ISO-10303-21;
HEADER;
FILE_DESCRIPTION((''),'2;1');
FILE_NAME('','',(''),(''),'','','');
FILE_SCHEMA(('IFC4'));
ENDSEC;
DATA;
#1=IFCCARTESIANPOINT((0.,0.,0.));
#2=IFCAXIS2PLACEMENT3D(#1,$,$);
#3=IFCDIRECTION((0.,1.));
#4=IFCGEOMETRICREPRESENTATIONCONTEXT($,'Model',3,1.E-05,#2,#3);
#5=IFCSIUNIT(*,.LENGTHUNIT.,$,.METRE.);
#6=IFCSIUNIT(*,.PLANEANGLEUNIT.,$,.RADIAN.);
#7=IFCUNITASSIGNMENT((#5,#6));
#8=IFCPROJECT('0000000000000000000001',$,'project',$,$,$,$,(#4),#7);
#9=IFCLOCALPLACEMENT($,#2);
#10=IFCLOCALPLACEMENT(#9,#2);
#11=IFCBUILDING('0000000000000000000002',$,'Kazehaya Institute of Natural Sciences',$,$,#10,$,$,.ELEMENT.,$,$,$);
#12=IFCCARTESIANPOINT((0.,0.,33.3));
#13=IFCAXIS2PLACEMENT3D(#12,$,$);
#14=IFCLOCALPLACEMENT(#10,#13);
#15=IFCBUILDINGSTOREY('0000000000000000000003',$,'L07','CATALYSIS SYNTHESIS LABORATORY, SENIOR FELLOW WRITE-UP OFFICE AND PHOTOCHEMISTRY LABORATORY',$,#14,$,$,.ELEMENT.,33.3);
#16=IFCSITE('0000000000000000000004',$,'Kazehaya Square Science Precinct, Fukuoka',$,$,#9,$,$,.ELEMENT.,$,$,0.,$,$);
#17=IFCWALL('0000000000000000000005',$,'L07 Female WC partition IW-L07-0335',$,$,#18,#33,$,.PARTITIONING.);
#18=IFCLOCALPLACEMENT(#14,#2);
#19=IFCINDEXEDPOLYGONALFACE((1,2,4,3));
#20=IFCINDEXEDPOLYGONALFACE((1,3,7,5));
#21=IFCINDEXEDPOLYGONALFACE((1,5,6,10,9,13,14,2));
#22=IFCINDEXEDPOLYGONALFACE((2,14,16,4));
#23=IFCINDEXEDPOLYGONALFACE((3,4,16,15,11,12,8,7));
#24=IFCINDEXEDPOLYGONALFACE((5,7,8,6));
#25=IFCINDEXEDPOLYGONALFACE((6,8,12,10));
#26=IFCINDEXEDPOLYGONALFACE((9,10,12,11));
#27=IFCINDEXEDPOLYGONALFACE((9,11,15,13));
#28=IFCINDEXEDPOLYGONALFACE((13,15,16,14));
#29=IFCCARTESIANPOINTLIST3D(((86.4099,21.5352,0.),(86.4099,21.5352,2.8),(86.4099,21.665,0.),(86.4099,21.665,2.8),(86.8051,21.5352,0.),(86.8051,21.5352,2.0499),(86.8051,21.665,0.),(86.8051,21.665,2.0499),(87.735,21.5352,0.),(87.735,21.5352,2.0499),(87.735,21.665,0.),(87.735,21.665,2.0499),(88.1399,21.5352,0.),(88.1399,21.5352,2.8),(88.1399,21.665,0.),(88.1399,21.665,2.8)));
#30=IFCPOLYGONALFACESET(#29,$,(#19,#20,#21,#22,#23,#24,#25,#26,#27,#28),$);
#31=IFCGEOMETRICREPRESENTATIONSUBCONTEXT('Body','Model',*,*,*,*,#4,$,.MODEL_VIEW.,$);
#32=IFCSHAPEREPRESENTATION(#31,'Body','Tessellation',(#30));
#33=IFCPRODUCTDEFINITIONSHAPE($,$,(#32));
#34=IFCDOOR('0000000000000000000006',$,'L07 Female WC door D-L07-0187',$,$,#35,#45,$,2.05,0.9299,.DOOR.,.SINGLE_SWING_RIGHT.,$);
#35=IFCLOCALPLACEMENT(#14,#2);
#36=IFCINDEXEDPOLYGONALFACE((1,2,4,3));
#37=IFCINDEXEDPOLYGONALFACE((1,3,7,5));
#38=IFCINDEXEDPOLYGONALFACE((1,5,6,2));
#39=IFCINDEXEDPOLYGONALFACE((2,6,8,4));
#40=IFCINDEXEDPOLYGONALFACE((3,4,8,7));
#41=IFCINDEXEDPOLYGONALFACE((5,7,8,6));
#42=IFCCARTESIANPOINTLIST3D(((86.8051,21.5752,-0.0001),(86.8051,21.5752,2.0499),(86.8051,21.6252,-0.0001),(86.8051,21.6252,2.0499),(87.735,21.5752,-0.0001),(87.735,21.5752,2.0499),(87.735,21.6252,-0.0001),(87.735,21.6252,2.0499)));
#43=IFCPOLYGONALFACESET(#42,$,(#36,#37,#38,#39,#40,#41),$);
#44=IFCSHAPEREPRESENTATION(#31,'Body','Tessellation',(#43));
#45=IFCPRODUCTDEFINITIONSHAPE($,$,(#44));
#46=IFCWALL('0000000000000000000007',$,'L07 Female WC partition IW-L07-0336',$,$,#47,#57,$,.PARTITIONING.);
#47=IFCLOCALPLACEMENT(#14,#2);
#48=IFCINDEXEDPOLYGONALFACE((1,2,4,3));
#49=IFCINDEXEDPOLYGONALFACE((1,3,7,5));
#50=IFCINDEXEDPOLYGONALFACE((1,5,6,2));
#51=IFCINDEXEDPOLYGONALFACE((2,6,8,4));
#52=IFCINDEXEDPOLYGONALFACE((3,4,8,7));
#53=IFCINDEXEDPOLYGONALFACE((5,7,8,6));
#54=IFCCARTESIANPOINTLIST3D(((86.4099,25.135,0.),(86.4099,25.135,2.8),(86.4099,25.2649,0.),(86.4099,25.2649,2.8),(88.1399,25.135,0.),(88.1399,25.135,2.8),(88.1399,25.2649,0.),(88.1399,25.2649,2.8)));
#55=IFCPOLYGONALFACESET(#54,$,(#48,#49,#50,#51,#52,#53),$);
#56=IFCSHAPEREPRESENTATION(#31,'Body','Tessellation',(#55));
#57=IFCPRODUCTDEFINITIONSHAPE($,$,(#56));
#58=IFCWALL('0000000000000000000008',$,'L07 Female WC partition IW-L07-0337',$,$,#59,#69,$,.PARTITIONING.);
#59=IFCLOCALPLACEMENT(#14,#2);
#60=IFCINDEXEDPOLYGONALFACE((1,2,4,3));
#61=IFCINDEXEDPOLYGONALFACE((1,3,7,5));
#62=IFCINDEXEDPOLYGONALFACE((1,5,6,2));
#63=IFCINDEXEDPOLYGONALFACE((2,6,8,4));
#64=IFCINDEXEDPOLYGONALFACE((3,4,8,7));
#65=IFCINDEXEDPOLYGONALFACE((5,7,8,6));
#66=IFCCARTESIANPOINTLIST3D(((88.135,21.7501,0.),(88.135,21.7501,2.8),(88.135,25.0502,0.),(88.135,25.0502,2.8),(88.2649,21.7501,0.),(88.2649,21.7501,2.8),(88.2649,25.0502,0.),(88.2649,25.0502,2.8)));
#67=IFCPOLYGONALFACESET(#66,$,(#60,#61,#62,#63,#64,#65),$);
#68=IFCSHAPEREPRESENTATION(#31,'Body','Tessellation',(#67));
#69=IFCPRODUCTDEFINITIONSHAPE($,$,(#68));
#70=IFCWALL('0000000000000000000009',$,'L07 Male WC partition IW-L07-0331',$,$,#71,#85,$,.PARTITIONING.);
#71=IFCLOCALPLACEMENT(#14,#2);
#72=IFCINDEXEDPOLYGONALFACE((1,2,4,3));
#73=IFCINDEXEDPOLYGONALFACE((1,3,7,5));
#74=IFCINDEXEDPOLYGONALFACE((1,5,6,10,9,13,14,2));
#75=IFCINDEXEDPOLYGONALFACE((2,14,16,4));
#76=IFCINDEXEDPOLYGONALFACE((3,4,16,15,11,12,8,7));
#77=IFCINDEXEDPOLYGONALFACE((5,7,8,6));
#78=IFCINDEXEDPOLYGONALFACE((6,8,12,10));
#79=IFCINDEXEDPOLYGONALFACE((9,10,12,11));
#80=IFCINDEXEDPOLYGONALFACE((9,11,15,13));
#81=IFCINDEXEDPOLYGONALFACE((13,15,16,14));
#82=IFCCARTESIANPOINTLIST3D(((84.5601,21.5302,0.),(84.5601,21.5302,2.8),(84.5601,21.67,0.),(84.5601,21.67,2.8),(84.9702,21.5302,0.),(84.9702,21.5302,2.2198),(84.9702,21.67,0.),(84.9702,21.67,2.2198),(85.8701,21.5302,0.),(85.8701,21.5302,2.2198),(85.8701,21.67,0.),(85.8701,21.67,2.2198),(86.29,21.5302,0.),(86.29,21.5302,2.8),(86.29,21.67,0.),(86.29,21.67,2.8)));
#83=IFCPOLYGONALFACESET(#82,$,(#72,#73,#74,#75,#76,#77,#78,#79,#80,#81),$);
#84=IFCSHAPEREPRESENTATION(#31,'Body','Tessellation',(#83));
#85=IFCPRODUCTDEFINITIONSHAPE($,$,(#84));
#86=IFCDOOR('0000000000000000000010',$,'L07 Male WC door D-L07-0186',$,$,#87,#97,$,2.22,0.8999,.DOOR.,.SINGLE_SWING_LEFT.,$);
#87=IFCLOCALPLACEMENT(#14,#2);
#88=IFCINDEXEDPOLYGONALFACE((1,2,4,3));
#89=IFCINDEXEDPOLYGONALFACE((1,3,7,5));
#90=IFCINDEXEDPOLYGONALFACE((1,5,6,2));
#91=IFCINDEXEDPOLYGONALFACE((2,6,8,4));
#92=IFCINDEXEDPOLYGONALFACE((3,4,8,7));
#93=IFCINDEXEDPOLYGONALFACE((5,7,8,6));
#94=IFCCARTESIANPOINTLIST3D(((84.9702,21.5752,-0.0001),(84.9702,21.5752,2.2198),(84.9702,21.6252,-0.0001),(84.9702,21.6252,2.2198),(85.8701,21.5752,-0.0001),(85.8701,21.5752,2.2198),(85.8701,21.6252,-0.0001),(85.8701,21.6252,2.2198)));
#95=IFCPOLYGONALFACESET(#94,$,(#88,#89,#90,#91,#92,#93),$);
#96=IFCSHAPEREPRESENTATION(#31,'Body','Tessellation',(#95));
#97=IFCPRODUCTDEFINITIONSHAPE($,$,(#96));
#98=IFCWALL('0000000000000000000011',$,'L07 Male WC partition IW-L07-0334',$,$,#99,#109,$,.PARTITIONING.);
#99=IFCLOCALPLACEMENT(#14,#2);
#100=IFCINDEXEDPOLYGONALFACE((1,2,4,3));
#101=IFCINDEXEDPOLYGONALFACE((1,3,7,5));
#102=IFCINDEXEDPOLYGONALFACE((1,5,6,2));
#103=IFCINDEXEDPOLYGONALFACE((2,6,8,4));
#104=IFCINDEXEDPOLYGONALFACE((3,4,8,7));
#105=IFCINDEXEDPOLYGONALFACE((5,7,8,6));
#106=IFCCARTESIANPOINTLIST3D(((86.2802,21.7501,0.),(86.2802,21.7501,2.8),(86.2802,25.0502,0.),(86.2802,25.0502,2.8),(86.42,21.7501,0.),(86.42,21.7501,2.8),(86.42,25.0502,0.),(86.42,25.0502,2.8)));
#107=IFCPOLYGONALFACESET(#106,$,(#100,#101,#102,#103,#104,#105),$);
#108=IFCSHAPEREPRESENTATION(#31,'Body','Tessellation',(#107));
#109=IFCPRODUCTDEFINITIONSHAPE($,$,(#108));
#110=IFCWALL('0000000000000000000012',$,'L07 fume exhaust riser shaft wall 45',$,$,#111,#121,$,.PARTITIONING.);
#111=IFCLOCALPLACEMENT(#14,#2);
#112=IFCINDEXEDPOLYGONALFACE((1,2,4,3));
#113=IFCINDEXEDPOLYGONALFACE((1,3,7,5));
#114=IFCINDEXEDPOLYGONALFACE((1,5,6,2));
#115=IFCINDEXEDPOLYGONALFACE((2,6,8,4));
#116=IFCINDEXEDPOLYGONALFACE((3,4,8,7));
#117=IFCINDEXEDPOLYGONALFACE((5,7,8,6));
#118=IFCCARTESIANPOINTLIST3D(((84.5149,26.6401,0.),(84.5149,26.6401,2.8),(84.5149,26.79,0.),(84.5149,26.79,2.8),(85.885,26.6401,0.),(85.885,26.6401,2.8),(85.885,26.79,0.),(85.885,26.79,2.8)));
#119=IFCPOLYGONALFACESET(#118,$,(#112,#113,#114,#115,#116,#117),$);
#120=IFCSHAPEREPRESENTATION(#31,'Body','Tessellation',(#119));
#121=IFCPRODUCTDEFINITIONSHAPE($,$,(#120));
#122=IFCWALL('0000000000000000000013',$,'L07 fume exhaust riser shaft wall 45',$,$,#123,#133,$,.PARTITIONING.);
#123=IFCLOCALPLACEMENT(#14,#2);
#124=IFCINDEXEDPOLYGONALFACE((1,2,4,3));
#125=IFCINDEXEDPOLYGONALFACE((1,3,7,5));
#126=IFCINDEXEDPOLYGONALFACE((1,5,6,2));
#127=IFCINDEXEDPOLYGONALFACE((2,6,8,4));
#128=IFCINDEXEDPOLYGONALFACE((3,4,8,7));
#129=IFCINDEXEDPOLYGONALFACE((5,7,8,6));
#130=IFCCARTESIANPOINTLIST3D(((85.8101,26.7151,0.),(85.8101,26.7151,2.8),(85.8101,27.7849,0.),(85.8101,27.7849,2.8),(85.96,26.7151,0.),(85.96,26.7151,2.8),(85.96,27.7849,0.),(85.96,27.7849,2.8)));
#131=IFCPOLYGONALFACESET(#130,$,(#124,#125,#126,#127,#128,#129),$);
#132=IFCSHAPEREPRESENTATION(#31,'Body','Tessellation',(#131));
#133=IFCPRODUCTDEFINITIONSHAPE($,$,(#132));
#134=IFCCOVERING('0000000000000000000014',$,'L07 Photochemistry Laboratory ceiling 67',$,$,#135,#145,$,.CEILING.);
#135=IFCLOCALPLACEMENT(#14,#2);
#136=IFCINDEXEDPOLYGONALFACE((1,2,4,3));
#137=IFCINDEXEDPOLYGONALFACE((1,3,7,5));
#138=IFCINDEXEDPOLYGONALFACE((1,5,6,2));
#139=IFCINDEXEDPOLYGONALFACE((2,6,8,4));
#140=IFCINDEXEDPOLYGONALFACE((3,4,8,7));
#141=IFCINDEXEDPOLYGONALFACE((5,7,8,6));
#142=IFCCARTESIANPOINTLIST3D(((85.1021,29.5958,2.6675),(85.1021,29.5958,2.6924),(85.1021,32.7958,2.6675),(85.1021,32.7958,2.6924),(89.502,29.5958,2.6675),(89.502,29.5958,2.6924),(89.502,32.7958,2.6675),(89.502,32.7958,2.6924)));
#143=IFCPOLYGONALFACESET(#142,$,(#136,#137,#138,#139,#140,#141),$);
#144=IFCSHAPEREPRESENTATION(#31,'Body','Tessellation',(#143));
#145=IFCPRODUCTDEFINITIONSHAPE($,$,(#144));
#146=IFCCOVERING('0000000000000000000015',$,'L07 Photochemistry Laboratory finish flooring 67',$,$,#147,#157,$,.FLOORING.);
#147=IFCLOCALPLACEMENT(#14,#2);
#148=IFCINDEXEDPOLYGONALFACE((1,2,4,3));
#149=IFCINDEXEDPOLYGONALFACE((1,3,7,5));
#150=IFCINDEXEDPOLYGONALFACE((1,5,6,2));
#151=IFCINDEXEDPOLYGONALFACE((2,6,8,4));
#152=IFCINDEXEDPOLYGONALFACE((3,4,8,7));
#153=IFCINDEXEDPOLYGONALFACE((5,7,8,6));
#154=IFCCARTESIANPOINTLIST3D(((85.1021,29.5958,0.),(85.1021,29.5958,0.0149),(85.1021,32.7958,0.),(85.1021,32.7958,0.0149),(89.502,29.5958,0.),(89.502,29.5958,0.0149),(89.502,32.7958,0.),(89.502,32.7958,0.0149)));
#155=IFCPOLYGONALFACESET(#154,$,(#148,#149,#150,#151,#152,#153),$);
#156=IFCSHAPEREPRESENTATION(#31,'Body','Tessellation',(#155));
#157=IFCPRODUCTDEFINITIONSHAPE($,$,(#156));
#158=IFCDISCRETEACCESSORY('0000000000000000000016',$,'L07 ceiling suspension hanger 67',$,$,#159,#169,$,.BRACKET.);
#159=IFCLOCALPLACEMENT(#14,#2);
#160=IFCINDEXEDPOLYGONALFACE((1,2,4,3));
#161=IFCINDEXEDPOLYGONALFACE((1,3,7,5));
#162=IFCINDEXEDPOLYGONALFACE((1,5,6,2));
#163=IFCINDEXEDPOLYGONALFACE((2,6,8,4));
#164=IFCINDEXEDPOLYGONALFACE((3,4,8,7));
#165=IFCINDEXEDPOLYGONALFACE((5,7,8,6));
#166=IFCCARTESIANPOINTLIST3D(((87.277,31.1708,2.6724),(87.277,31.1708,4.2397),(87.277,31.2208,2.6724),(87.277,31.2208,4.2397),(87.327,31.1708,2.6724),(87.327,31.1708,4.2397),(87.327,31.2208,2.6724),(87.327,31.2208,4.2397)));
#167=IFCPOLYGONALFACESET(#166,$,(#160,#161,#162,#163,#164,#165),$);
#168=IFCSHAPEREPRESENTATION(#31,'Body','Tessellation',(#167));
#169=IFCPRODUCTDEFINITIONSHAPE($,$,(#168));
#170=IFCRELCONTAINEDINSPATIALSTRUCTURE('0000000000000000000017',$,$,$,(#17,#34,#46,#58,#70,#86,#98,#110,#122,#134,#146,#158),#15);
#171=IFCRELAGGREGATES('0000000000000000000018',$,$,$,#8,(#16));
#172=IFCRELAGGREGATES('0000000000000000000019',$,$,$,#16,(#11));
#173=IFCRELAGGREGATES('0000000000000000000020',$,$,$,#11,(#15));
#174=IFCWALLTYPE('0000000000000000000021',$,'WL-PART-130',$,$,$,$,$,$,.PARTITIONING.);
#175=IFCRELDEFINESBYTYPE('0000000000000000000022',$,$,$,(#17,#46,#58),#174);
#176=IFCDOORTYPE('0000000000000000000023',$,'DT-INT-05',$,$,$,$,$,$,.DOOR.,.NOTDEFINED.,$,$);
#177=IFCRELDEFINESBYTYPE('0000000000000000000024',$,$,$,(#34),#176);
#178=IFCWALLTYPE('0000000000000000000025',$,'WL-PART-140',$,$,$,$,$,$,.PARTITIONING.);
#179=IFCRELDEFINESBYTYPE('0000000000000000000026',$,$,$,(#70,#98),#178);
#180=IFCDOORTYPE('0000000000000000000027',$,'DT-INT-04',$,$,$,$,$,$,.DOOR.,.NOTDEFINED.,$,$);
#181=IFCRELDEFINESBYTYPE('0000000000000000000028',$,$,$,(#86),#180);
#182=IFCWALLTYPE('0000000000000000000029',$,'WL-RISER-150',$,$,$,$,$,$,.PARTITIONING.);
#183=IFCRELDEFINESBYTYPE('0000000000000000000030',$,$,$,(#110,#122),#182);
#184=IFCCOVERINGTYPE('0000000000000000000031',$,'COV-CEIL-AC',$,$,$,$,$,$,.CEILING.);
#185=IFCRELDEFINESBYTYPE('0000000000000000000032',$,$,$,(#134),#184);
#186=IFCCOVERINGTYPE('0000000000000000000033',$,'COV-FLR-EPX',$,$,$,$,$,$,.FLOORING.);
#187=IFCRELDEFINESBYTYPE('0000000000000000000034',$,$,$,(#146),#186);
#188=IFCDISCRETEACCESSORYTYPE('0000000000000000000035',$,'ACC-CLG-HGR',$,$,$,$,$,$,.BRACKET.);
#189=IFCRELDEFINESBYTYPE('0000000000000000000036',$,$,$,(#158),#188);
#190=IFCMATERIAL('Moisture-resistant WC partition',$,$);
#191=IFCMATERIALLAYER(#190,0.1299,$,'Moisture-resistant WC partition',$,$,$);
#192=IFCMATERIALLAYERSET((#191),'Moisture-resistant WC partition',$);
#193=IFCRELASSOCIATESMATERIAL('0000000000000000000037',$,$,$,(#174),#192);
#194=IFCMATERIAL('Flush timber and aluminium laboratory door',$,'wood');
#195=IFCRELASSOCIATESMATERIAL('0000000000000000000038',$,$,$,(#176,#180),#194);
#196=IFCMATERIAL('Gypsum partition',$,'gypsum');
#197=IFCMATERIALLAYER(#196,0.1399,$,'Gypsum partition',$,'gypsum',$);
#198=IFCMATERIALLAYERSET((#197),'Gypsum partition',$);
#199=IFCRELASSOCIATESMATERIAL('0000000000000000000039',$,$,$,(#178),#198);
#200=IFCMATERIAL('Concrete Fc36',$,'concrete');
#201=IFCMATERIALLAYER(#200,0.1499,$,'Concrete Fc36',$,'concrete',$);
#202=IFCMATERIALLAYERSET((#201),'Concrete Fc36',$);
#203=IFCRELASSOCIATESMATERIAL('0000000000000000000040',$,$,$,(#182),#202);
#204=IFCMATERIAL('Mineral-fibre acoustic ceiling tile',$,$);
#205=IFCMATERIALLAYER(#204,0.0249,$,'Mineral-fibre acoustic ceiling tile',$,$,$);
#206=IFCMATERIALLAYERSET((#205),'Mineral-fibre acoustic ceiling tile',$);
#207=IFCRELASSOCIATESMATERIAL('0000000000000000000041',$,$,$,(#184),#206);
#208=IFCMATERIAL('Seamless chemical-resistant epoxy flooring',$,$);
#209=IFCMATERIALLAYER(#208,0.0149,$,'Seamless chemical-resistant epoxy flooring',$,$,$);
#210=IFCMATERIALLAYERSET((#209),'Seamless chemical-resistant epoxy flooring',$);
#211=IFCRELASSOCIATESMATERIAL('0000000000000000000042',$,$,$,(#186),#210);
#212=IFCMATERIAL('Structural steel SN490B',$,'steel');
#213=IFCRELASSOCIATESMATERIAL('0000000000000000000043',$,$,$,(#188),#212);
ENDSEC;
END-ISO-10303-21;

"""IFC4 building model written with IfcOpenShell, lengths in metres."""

from ifc_helpers import new_model, si_unit, direction, frame, frame_2d, origin, origin_2d, place, context, subcontext, project, spatial, rectangle, extrude, material, layer, layer_set, type_object, element, fill, save


model = new_model("IFC4")

# Units and contexts
model_context = context("Model", 3, precision=1e-05, world=origin(), true_north=direction((0.0, 1.0)))
body_context = subcontext(model_context, "Body", "Model", "MODEL_VIEW")
ifc_project = project(units=[si_unit("LENGTHUNIT", "METRE"), si_unit("PLANEANGLEUNIT", "RADIAN")], contexts=[model_context])

# Site, building, storey
site_placement = place(None, origin())
site = spatial("IfcSite", under=ifc_project, at=site_placement, Name="Kazehaya Square Science Precinct, Fukuoka", CompositionType="ELEMENT", RefElevation=0.0)
building_placement = place(site_placement, origin())
building = spatial("IfcBuilding", under=site, at=building_placement, Name="Kazehaya Institute of Natural Sciences", CompositionType="ELEMENT")
storey_placement = place(building_placement, frame((0.0, 0.0, 33.3)))
storey = spatial("IfcBuildingStorey", under=building, at=storey_placement, Name="L07", Description="CATALYSIS SYNTHESIS LABORATORY, SENIOR FELLOW WRITE-UP OFFICE AND PHOTOCHEMISTRY LABORATORY", CompositionType="ELEMENT", Elevation=33.3)

# Shared definitions
ifc_material_1 = material(Name="Concrete Fc36", Category="concrete")

# Shared definitions
ifc_material_2 = material(Name="Flush timber and aluminium laboratory door", Category="wood")

# Wall, opening, door
ifc_material_3 = material(Name="Moisture-resistant WC partition")
ifc_layer_1 = layer(ifc_material_3, 0.1299, Name="Moisture-resistant WC partition")
ifc_layer_set_1 = layer_set([ifc_layer_1], Name="Moisture-resistant WC partition")
wall_type_1 = type_object("IfcWallType", Name="WL-PART-130", PredefinedType="PARTITIONING", material=ifc_layer_set_1)
wall_1_placement = place(storey_placement, frame((88.1399, 21.6001, 0.0), z_axis=(0.0, 0.0, 1.0), x_axis=(-1.0, 0.0, 0.0)))
wall_1 = element("IfcWall", 1, at=wall_1_placement, inside=storey, type_object=wall_type_1, Name="L07 Female WC partition IW-L07-0335", PredefinedType="PARTITIONING", context=body_context, shape_type="SweptSolid", body=[
    extrude(rectangle(XDim=1.73, YDim=0.1299, at=frame_2d((0.865, 0.0))), origin(), (0.0, 0.0, 1.0), 2.8),
])
opening_1_placement = place(wall_1_placement, frame((0.405, 0.0, 0.0)))
opening_1 = element("IfcOpeningElement", 2, at=opening_1_placement, cuts=wall_1, PredefinedType="OPENING", context=body_context, shape_type="SweptSolid", body=[
    extrude(rectangle(XDim=0.9299, YDim=2.05, at=frame_2d((0.4648, 1.0249))), frame((0.0, 0.075, 0.0), z_axis=(0.0, -1.0, 0.0), x_axis=(1.0, 0.0, 0.0)), (0.0, 0.0, 1.0), 0.1499),
])
door_type_1 = type_object("IfcDoorType", Name="DT-INT-05", OperationType="NOTDEFINED", PredefinedType="DOOR", material=ifc_material_2)
door_1_placement = place(opening_1_placement, origin())
door_1 = element("IfcDoor", 3, at=door_1_placement, inside=storey, type_object=door_type_1, Name="L07 Female WC door D-L07-0187", OperationType="SINGLE_SWING_RIGHT", OverallHeight=2.05, OverallWidth=0.9299, PredefinedType="DOOR", context=body_context, shape_type="SweptSolid", body=[
    extrude(rectangle(XDim=0.9299, YDim=2.05, at=frame_2d((0.4648, 1.0249))), frame((0.0, 0.0249, 0.0), z_axis=(0.0, -1.0, 0.0), x_axis=(1.0, 0.0, 0.0)), (0.0, 0.0, 1.0), 0.05),
])
fill(opening_1, door_1)

# Walls
wall_2_placement = place(storey_placement, frame((86.4099, 25.2, 0.0), z_axis=(0.0, 0.0, 1.0), x_axis=(1.0, 0.0, 0.0)))
element("IfcWall", 4, at=wall_2_placement, inside=storey, type_object=wall_type_1, Name="L07 Female WC partition IW-L07-0336", PredefinedType="PARTITIONING", context=body_context, shape_type="SweptSolid", body=[
    extrude(rectangle(XDim=1.73, YDim=0.1299, at=frame_2d((0.865, 0.0))), origin(), (0.0, 0.0, 1.0), 2.8),
])
wall_3_placement = place(storey_placement, frame((88.2, 25.05, 0.0), z_axis=(0.0, 0.0, 1.0), x_axis=(0.0, -1.0, 0.0)))
element("IfcWall", 5, at=wall_3_placement, inside=storey, type_object=wall_type_1, Name="L07 Female WC partition IW-L07-0337", PredefinedType="PARTITIONING", context=body_context, shape_type="SweptSolid", body=[
    extrude(rectangle(XDim=3.3, YDim=0.1299, at=frame_2d((1.6499, 0.0))), origin(), (0.0, 0.0, 1.0), 2.8),
])

# Wall, opening, door
ifc_material_4 = material(Name="Gypsum partition", Category="gypsum")
ifc_layer_2 = layer(ifc_material_4, 0.1399, Name="Gypsum partition", Category="gypsum")
ifc_layer_set_2 = layer_set([ifc_layer_2], Name="Gypsum partition")
wall_type_2 = type_object("IfcWallType", Name="WL-PART-140", PredefinedType="PARTITIONING", material=ifc_layer_set_2)
wall_4_placement = place(storey_placement, frame((86.29, 21.6001, 0.0), z_axis=(0.0, 0.0, 1.0), x_axis=(-1.0, 0.0, 0.0)))
wall_4 = element("IfcWall", 6, at=wall_4_placement, inside=storey, type_object=wall_type_2, Name="L07 Male WC partition IW-L07-0331", PredefinedType="PARTITIONING", context=body_context, shape_type="SweptSolid", body=[
    extrude(rectangle(XDim=1.73, YDim=0.1399, at=frame_2d((0.865, 0.0))), origin(), (0.0, 0.0, 1.0), 2.8),
])
opening_2_placement = place(wall_4_placement, frame((0.4199, 0.0, 0.0)))
opening_2 = element("IfcOpeningElement", 7, at=opening_2_placement, cuts=wall_4, PredefinedType="OPENING", context=body_context, shape_type="SweptSolid", body=[
    extrude(rectangle(XDim=0.8999, YDim=2.22, at=frame_2d((0.45, 1.1099))), frame((0.0, 0.0798, 0.0), z_axis=(0.0, -1.0, 0.0), x_axis=(1.0, 0.0, 0.0)), (0.0, 0.0, 1.0), 0.1599),
])
door_type_2 = type_object("IfcDoorType", Name="DT-INT-04", OperationType="NOTDEFINED", PredefinedType="DOOR", material=ifc_material_2)
door_2_placement = place(opening_2_placement, origin())
door_2 = element("IfcDoor", 8, at=door_2_placement, inside=storey, type_object=door_type_2, Name="L07 Male WC door D-L07-0186", OperationType="SINGLE_SWING_LEFT", OverallHeight=2.22, OverallWidth=0.8999, PredefinedType="DOOR", context=body_context, shape_type="SweptSolid", body=[
    extrude(rectangle(XDim=0.8999, YDim=2.22, at=frame_2d((0.45, 1.1099))), frame((0.0, 0.0249, 0.0), z_axis=(0.0, -1.0, 0.0), x_axis=(1.0, 0.0, 0.0)), (0.0, 0.0, 1.0), 0.05),
])
fill(opening_2, door_2)

# Walls
wall_5_placement = place(storey_placement, frame((86.3501, 25.05, 0.0), z_axis=(0.0, 0.0, 1.0), x_axis=(0.0, -1.0, 0.0)))
element("IfcWall", 9, at=wall_5_placement, inside=storey, type_object=wall_type_2, Name="L07 Male WC partition IW-L07-0334", PredefinedType="PARTITIONING", context=body_context, shape_type="SweptSolid", body=[
    extrude(rectangle(XDim=3.3, YDim=0.1399, at=frame_2d((1.6499, 0.0))), origin(), (0.0, 0.0, 1.0), 2.8),
])
ifc_layer_3 = layer(ifc_material_1, 0.1499, Name="Concrete Fc36", Category="concrete")
ifc_layer_set_3 = layer_set([ifc_layer_3], Name="Concrete Fc36")
wall_type_3 = type_object("IfcWallType", Name="WL-RISER-150", PredefinedType="PARTITIONING", material=ifc_layer_set_3)
wall_6_placement = place(storey_placement, frame((85.885, 26.7151, 0.0), z_axis=(0.0, 0.0, 1.0), x_axis=(-1.0, 0.0, 0.0)))
element("IfcWall", 10, at=wall_6_placement, inside=storey, type_object=wall_type_3, Name="L07 fume exhaust riser shaft wall 45", PredefinedType="PARTITIONING", context=body_context, shape_type="SweptSolid", body=[
    extrude(rectangle(XDim=1.3701, YDim=0.1499, at=frame_2d((0.6851, 0.0))), origin(), (0.0, 0.0, 1.0), 2.8),
])
wall_7_placement = place(storey_placement, frame((85.885, 27.7849, 0.0), z_axis=(0.0, 0.0, 1.0), x_axis=(0.0, -1.0, 0.0)))
element("IfcWall", 11, at=wall_7_placement, inside=storey, type_object=wall_type_3, Name="L07 fume exhaust riser shaft wall 45", PredefinedType="PARTITIONING", context=body_context, shape_type="SweptSolid", body=[
    extrude(rectangle(XDim=1.0698, YDim=0.1499, at=frame_2d((0.5349, 0.0))), origin(), (0.0, 0.0, 1.0), 2.8),
])

# Coverings
ifc_material_5 = material(Name="Mineral-fibre acoustic ceiling tile")
ifc_layer_4 = layer(ifc_material_5, 0.0249, Name="Mineral-fibre acoustic ceiling tile")
ifc_layer_set_4 = layer_set([ifc_layer_4], Name="Mineral-fibre acoustic ceiling tile")
covering_type_1 = type_object("IfcCoveringType", Name="COV-CEIL-AC", PredefinedType="CEILING", material=ifc_layer_set_4)
covering_1_placement = place(storey_placement, frame((87.302, 31.1958, 2.6675), z_axis=(0.0, 0.0, 1.0), x_axis=(1.0, 0.0, 0.0)))
element("IfcCovering", 12, at=covering_1_placement, inside=storey, type_object=covering_type_1, Name="L07 Photochemistry Laboratory ceiling 67", PredefinedType="CEILING", context=body_context, shape_type="SweptSolid", body=[
    extrude(rectangle(XDim=4.3999, YDim=3.2, at=origin_2d()), origin(), (0.0, 0.0, 1.0), 0.0249),
])
ifc_material_6 = material(Name="Seamless chemical-resistant epoxy flooring")
ifc_layer_5 = layer(ifc_material_6, 0.0149, Name="Seamless chemical-resistant epoxy flooring")
ifc_layer_set_5 = layer_set([ifc_layer_5], Name="Seamless chemical-resistant epoxy flooring")
covering_type_2 = type_object("IfcCoveringType", Name="COV-FLR-EPX", PredefinedType="FLOORING", material=ifc_layer_set_5)
covering_2_placement = place(storey_placement, frame((87.302, 31.1958, 0.0), z_axis=(0.0, 0.0, 1.0), x_axis=(1.0, 0.0, 0.0)))
element("IfcCovering", 13, at=covering_2_placement, inside=storey, type_object=covering_type_2, Name="L07 Photochemistry Laboratory finish flooring 67", PredefinedType="FLOORING", context=body_context, shape_type="SweptSolid", body=[
    extrude(rectangle(XDim=4.3999, YDim=3.2, at=origin_2d()), origin(), (0.0, 0.0, 1.0), 0.0149),
])

# Discrete accessory
ifc_material_7 = material(Name="Structural steel SN490B", Category="steel")
discrete_accessory_type = type_object("IfcDiscreteAccessoryType", Name="ACC-CLG-HGR", PredefinedType="BRACKET", material=ifc_material_7)
discrete_accessory_placement = place(storey_placement, frame((87.302, 31.1958, 2.6724), z_axis=(0.0, 0.0, 1.0), x_axis=(1.0, 0.0, 0.0)))
element("IfcDiscreteAccessory", 14, at=discrete_accessory_placement, inside=storey, type_object=discrete_accessory_type, Name="L07 ceiling suspension hanger 67", PredefinedType="BRACKET", context=body_context, shape_type="SweptSolid", body=[
    extrude(rectangle(XDim=0.05, YDim=0.05, at=origin_2d()), origin(), (0.0, 0.0, 1.0), 1.5674),
])

save(model, "model.ifc")
